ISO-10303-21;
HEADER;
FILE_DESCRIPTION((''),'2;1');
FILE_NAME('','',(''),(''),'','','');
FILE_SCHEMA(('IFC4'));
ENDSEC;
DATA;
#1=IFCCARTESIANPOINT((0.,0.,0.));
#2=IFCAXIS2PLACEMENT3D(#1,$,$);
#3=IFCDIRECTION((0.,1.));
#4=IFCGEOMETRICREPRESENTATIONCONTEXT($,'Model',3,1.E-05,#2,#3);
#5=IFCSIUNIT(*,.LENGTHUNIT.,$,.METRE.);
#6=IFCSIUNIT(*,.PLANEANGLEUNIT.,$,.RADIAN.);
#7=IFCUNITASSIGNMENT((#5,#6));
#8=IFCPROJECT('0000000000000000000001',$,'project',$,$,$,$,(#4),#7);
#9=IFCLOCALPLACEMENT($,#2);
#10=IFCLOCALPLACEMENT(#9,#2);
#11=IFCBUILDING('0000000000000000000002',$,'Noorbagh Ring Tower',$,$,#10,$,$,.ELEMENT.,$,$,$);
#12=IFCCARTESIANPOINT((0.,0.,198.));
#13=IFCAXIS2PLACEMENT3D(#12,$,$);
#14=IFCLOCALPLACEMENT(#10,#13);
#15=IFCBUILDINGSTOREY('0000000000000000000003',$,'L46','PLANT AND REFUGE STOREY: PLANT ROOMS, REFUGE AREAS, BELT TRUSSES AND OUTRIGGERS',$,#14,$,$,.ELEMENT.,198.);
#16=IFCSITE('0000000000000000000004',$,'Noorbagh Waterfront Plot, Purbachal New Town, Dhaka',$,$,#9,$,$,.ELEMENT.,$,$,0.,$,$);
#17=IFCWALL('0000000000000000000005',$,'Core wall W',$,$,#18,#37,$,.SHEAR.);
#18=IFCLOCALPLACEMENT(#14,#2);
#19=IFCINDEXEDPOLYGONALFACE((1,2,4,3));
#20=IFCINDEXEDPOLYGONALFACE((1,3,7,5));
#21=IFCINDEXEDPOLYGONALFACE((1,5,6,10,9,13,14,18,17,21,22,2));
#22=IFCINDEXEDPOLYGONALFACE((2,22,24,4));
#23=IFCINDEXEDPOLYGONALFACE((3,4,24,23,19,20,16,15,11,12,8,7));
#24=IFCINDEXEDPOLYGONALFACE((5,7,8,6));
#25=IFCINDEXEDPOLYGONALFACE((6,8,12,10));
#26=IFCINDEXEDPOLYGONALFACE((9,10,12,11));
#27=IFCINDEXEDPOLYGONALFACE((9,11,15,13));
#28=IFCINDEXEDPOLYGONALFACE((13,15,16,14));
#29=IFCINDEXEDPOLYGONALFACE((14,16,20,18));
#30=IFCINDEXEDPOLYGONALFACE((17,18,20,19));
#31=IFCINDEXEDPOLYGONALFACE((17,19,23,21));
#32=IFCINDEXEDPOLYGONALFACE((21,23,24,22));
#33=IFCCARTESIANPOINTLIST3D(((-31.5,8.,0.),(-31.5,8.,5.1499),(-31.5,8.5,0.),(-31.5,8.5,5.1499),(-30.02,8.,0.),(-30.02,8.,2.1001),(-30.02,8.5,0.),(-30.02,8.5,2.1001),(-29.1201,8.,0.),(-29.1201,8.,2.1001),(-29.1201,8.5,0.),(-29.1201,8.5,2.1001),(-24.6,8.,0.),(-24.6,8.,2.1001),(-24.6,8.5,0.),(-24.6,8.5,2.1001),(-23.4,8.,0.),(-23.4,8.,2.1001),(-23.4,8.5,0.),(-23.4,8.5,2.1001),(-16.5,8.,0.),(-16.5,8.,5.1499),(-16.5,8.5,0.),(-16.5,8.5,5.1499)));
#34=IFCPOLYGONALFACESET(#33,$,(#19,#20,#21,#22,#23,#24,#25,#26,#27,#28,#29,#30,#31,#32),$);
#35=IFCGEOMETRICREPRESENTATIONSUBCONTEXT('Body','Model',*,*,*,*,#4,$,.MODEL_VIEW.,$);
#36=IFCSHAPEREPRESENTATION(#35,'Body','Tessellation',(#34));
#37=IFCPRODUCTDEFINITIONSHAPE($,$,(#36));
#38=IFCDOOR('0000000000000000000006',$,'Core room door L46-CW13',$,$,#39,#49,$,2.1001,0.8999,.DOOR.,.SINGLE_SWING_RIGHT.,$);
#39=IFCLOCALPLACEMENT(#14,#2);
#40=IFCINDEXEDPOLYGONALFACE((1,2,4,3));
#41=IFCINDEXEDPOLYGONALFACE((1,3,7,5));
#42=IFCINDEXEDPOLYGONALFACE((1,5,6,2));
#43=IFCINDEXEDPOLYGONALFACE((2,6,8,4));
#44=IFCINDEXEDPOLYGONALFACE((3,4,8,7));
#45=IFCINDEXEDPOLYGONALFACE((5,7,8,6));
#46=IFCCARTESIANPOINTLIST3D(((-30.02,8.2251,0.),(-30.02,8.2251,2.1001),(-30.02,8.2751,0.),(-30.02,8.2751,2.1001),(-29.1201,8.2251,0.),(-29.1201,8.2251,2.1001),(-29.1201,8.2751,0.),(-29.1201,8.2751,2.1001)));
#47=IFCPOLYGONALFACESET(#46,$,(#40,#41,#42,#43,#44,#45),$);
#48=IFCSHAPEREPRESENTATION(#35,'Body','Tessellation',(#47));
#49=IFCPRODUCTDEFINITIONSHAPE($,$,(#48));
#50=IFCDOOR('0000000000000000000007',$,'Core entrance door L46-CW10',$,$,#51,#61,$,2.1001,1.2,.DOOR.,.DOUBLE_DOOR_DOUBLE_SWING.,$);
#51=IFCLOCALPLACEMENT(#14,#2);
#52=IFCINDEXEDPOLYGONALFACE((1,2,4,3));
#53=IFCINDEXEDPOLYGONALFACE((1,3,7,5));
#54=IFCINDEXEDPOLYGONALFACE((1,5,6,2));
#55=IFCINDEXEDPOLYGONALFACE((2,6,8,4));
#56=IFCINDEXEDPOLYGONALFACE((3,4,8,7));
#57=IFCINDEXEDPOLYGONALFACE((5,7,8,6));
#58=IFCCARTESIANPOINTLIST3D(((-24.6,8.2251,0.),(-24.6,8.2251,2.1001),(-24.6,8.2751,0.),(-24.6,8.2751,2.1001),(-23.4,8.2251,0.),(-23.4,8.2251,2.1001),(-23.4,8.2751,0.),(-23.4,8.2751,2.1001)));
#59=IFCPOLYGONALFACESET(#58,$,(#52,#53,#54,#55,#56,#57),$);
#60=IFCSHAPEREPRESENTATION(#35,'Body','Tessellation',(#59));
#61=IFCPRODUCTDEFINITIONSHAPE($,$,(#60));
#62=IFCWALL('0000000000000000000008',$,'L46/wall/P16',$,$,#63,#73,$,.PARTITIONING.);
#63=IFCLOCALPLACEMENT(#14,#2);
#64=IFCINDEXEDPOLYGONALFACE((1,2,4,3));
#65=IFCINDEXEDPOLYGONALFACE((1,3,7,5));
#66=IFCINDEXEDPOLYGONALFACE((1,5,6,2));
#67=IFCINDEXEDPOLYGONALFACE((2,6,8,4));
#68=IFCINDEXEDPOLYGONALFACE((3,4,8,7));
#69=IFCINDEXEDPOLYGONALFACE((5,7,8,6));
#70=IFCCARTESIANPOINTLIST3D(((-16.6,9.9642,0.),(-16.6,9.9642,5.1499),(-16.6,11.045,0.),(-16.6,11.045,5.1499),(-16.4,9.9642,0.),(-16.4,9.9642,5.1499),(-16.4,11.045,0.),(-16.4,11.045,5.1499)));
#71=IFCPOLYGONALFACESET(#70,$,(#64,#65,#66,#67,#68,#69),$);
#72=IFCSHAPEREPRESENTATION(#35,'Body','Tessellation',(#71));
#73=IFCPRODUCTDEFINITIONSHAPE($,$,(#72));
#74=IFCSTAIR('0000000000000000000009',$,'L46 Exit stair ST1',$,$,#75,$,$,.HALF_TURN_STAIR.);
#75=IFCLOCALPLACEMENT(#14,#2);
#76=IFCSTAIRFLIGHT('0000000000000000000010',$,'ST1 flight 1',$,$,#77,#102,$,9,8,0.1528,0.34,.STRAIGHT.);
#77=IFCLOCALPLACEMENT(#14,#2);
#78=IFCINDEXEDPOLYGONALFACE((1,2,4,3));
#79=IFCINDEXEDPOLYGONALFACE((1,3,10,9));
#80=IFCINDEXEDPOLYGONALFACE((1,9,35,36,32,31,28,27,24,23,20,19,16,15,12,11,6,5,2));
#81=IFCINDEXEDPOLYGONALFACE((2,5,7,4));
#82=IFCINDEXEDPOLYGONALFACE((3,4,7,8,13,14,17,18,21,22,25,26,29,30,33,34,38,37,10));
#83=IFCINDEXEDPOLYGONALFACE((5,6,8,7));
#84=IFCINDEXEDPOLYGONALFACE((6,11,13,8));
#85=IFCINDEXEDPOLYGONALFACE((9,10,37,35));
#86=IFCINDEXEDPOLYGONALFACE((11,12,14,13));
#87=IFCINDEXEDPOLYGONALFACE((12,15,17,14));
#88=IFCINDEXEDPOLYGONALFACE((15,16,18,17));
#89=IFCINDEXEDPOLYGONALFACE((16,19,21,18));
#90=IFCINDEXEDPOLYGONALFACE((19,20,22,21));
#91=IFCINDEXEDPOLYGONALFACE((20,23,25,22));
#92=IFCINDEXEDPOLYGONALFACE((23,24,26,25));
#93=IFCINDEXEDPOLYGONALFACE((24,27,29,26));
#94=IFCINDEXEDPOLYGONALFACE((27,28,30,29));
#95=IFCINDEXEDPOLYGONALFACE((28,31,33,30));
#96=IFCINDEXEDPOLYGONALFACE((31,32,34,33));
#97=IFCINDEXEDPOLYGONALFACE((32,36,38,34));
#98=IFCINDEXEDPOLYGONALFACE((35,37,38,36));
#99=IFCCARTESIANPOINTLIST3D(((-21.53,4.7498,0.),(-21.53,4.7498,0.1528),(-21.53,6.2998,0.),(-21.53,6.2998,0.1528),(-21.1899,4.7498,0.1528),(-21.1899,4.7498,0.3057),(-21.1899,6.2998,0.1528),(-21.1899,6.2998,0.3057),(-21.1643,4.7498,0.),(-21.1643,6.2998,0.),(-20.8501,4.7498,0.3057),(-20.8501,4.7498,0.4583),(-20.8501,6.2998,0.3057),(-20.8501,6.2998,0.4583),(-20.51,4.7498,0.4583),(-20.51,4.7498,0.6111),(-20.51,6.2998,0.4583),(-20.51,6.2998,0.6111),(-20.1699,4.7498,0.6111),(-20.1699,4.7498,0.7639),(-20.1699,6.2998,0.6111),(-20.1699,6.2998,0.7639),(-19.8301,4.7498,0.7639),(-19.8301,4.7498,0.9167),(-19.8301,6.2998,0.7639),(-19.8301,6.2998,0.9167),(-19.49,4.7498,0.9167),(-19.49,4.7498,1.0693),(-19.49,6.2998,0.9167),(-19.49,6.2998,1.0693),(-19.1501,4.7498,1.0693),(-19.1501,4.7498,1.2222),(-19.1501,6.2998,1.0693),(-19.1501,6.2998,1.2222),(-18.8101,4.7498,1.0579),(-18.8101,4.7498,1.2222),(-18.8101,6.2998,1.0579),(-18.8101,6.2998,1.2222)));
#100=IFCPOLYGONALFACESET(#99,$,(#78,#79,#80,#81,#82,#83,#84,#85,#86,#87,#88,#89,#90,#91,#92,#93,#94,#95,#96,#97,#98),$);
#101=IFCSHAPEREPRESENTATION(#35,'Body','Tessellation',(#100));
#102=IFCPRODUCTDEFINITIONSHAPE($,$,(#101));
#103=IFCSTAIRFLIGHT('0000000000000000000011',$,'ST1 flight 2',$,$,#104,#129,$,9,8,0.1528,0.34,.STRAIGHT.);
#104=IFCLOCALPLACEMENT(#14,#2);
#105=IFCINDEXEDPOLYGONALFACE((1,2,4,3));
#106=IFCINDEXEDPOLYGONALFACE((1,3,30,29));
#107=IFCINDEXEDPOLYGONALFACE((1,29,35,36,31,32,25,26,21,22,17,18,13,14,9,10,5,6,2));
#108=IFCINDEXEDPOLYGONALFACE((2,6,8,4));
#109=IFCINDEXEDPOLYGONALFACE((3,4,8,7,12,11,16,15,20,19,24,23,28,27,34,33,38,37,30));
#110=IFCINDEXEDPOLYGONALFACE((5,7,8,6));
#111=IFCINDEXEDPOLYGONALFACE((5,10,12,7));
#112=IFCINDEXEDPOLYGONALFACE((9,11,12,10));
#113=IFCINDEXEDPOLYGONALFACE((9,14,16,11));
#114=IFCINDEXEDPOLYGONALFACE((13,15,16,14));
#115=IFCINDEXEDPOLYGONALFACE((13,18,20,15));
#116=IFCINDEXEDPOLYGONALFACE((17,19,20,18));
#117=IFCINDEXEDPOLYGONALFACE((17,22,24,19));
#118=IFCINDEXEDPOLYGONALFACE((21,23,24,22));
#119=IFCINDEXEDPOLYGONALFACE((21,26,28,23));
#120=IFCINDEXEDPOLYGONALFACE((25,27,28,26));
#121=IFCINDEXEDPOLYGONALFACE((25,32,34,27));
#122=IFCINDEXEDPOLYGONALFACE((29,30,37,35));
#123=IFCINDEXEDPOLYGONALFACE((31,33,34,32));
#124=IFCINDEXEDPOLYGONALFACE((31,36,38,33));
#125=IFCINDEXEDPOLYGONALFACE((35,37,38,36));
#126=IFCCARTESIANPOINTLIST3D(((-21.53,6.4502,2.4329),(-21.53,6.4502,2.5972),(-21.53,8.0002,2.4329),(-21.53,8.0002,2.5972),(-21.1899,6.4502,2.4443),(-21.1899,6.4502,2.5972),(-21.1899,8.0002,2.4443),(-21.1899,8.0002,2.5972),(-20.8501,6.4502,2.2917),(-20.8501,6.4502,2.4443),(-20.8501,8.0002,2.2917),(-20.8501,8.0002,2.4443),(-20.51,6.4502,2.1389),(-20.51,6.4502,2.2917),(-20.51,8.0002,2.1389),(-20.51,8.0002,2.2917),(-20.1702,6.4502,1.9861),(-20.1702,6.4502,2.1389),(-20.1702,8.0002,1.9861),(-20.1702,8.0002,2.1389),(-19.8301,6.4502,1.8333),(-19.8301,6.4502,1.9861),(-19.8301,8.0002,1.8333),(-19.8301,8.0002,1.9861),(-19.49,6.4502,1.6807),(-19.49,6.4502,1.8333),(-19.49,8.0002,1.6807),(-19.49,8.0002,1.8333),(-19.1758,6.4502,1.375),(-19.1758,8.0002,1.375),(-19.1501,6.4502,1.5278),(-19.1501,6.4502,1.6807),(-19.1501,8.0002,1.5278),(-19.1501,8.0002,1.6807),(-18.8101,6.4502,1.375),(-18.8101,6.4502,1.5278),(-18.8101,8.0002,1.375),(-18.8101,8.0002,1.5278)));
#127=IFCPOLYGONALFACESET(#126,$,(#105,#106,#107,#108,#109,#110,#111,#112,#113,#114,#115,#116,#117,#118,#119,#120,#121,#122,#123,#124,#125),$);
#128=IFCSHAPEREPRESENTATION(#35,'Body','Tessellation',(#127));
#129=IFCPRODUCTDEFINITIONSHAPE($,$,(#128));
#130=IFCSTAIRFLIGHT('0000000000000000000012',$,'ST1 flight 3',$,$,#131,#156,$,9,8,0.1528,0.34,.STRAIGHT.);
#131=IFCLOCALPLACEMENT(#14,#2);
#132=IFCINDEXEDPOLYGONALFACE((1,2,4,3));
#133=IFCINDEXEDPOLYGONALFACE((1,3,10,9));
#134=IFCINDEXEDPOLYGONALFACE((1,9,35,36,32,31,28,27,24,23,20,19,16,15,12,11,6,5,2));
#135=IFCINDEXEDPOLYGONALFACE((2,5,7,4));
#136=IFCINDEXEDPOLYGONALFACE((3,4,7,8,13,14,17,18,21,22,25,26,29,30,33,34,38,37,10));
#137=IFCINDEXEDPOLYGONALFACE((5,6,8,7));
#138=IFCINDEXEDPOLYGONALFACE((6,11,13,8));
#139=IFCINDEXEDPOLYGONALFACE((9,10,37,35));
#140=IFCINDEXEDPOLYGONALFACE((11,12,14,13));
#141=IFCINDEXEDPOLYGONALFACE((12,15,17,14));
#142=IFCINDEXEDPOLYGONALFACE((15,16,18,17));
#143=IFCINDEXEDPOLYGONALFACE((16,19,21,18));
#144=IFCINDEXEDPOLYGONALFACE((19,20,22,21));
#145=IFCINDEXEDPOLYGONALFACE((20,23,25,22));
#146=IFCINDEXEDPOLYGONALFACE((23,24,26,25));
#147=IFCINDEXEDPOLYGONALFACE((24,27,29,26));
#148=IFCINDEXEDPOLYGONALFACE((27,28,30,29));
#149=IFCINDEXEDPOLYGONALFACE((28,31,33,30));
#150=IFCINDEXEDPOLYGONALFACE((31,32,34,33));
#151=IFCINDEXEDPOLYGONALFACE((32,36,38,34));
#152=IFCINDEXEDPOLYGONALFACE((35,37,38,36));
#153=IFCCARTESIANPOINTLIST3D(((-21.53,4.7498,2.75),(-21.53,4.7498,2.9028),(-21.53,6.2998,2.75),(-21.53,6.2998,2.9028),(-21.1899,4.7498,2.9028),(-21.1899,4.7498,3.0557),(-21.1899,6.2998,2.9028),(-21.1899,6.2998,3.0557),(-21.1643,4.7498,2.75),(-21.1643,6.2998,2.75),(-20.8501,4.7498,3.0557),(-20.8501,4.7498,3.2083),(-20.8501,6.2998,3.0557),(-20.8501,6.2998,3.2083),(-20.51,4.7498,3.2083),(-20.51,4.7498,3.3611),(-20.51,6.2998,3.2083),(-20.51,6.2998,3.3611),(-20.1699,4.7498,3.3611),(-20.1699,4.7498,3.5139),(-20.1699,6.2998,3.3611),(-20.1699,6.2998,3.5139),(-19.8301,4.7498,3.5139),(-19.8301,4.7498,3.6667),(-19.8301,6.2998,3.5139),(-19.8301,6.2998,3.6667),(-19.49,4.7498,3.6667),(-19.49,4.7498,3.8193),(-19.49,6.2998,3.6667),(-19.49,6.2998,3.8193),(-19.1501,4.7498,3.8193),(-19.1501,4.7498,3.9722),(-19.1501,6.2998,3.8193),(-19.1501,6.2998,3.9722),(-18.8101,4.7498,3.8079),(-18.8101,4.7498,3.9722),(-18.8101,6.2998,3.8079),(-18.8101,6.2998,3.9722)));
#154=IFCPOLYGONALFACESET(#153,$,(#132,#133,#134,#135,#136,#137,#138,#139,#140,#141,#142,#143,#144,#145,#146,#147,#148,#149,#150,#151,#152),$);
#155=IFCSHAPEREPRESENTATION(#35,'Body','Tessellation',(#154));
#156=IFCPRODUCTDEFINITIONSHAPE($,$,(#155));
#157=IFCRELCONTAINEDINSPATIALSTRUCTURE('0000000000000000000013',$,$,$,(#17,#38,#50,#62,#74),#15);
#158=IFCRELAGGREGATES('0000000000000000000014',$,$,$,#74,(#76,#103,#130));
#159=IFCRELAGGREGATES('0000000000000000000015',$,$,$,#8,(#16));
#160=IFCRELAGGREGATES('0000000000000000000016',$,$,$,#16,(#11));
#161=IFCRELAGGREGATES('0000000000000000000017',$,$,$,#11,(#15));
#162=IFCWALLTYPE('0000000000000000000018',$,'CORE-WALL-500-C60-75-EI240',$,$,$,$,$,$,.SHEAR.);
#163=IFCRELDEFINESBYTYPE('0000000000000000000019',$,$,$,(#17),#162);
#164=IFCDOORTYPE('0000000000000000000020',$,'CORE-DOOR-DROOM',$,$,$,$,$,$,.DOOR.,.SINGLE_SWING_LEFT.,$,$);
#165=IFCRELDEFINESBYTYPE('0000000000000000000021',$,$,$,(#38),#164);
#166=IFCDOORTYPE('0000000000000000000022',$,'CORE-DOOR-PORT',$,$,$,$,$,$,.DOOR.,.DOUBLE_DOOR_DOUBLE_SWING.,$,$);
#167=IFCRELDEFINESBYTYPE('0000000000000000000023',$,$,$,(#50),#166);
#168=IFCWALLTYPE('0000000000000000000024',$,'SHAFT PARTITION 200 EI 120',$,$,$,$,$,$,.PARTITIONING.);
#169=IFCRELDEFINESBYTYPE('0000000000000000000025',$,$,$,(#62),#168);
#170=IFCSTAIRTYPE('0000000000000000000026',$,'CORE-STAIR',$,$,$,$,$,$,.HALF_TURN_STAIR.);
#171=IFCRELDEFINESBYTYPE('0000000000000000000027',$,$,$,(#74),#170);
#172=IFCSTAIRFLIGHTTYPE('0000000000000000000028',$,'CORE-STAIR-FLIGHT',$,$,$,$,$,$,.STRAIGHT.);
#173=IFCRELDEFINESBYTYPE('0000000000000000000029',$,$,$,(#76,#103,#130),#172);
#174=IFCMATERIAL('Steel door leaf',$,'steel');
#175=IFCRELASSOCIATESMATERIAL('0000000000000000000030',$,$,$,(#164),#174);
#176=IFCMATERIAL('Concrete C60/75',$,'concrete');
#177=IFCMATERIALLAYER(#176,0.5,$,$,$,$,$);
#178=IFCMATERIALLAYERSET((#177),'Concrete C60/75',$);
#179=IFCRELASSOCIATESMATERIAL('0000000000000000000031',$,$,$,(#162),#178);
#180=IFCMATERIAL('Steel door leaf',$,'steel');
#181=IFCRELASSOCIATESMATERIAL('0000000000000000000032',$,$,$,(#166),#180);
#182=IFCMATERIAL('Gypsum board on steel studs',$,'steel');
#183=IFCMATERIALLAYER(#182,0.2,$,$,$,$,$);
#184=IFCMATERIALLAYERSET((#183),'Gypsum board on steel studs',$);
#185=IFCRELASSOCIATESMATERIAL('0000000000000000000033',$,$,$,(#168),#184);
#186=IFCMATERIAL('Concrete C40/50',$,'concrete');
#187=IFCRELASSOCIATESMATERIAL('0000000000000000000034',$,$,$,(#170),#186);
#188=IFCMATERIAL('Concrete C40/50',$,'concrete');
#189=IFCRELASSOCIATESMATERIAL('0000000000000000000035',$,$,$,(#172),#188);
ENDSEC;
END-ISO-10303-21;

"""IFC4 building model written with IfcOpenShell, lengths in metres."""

from ifc_helpers import new_model, si_unit, direction, frame, frame_2d, origin, place, context, subcontext, project, spatial, polyline, rectangle, outline, extrude, material, layer, layer_set, type_object, element, fill, aggregate, save


model = new_model("IFC4")

# Units and contexts
model_context = context("Model", 3, precision=1e-05, world=origin(), true_north=direction((0.0, 1.0)))
body_context = subcontext(model_context, "Body", "Model", "MODEL_VIEW")
ifc_project = project(units=[si_unit("LENGTHUNIT", "METRE"), si_unit("PLANEANGLEUNIT", "RADIAN")], contexts=[model_context])

# Site, building, storey
site_placement = place(None, origin())
site = spatial("IfcSite", under=ifc_project, at=site_placement, Name="Noorbagh Waterfront Plot, Purbachal New Town, Dhaka", CompositionType="ELEMENT", RefElevation=0.0)
building_placement = place(site_placement, origin())
building = spatial("IfcBuilding", under=site, at=building_placement, Name="Noorbagh Ring Tower", CompositionType="ELEMENT")
storey_placement = place(building_placement, frame((0.0, 0.0, 198.0)))
storey = spatial("IfcBuildingStorey", under=building, at=storey_placement, Name="L46", Description="PLANT AND REFUGE STOREY: PLANT ROOMS, REFUGE AREAS, BELT TRUSSES AND OUTRIGGERS", CompositionType="ELEMENT", Elevation=198.0)

# Shared definitions
ifc_material_1 = material(Name="Steel door leaf", Category="steel")
door_type_1 = type_object("IfcDoorType", Name="CORE-DOOR-DROOM", OperationType="SINGLE_SWING_LEFT", PredefinedType="DOOR", material=ifc_material_1)

# Wall, openings, doors
ifc_material_2 = material(Name="Concrete C60/75", Category="concrete")
ifc_layer_1 = layer(ifc_material_2, 0.5)
ifc_layer_set_1 = layer_set([ifc_layer_1], Name="Concrete C60/75")
wall_type_1 = type_object("IfcWallType", Name="CORE-WALL-500-C60-75-EI240", PredefinedType="SHEAR", material=ifc_layer_set_1)
wall_1_placement = place(storey_placement, frame((-16.5, 8.25, 0.0), z_axis=(0.0, 0.0, 1.0), x_axis=(-1.0, 0.0, 0.0)))
wall_1 = element("IfcWall", 1, at=wall_1_placement, inside=storey, type_object=wall_type_1, Name="Core wall W", PredefinedType="SHEAR", context=body_context, shape_type="SweptSolid", body=[
    extrude(rectangle(XDim=15.0, YDim=0.5, at=frame_2d((7.5, 0.0))), origin(), (0.0, 0.0, 1.0), 5.1499),
])
opening_1_placement = place(wall_1_placement, frame((6.8999, 0.0, 0.0)))
opening_1 = element("IfcOpeningElement", 2, at=opening_1_placement, cuts=wall_1, PredefinedType="OPENING", context=body_context, shape_type="SweptSolid", body=[
    extrude(rectangle(XDim=1.2, YDim=2.1001, at=frame_2d((0.6001, 1.05))), frame((0.0, 0.26, 0.0), z_axis=(0.0, -1.0, 0.0), x_axis=(1.0, 0.0, 0.0)), (0.0, 0.0, 1.0), 0.52),
])
opening_2_placement = place(wall_1_placement, frame((12.6201, 0.0, 0.0)))
opening_2 = element("IfcOpeningElement", 3, at=opening_2_placement, cuts=wall_1, PredefinedType="OPENING", context=body_context, shape_type="SweptSolid", body=[
    extrude(rectangle(XDim=0.8999, YDim=2.1001, at=frame_2d((0.45, 1.05))), frame((0.0, 0.26, 0.0), z_axis=(0.0, -1.0, 0.0), x_axis=(1.0, 0.0, 0.0)), (0.0, 0.0, 1.0), 0.52),
])
door_1_placement = place(opening_2_placement, origin())
door_1 = element("IfcDoor", 4, at=door_1_placement, inside=storey, type_object=door_type_1, Name="Core room door L46-CW13", OperationType="SINGLE_SWING_RIGHT", OverallHeight=2.1001, OverallWidth=0.8999, PredefinedType="DOOR", context=body_context, shape_type="SweptSolid", body=[
    extrude(rectangle(XDim=0.8999, YDim=2.1001, at=frame_2d((0.45, 1.05))), frame((0.0, 0.0249, 0.0), z_axis=(0.0, -1.0, 0.0), x_axis=(1.0, 0.0, 0.0)), (0.0, 0.0, 1.0), 0.05),
])
fill(opening_2, door_1)
ifc_material_3 = material(Name="Steel door leaf", Category="steel")
door_type_2 = type_object("IfcDoorType", Name="CORE-DOOR-PORT", OperationType="DOUBLE_DOOR_DOUBLE_SWING", PredefinedType="DOOR", material=ifc_material_3)
door_2_placement = place(opening_1_placement, origin())
door_2 = element("IfcDoor", 5, at=door_2_placement, inside=storey, type_object=door_type_2, Name="Core entrance door L46-CW10", OperationType="DOUBLE_DOOR_DOUBLE_SWING", OverallHeight=2.1001, OverallWidth=1.2, PredefinedType="DOOR", context=body_context, shape_type="SweptSolid", body=[
    extrude(rectangle(XDim=1.2, YDim=2.1001, at=frame_2d((0.6001, 1.05))), frame((0.0, 0.0249, 0.0), z_axis=(0.0, -1.0, 0.0), x_axis=(1.0, 0.0, 0.0)), (0.0, 0.0, 1.0), 0.05),
])
fill(opening_1, door_2)

# Wall
ifc_material_4 = material(Name="Gypsum board on steel studs", Category="steel")
ifc_layer_2 = layer(ifc_material_4, 0.2)
ifc_layer_set_2 = layer_set([ifc_layer_2], Name="Gypsum board on steel studs")
wall_type_2 = type_object("IfcWallType", Name="SHAFT PARTITION 200 EI 120", PredefinedType="PARTITIONING", material=ifc_layer_set_2)
wall_2_placement = place(storey_placement, frame((-16.5, 9.9641, 0.0), z_axis=(0.0, 0.0, 1.0), x_axis=(0.0, 1.0, 0.0)))
element("IfcWall", 6, at=wall_2_placement, inside=storey, type_object=wall_type_2, Name="L46/wall/P16", PredefinedType="PARTITIONING", context=body_context, shape_type="SweptSolid", body=[
    extrude(rectangle(XDim=1.0808, YDim=0.2, at=frame_2d((0.5405, 0.0))), origin(), (0.0, 0.0, 1.0), 5.1499),
])

# Stair, stair flights
ifc_material_5 = material(Name="Concrete C40/50", Category="concrete")
stair_type = type_object("IfcStairType", Name="CORE-STAIR", PredefinedType="HALF_TURN_STAIR", material=ifc_material_5)
stair_placement = place(storey_placement, origin())
stair = element("IfcStair", 7, at=stair_placement, inside=storey, type_object=stair_type, Name="L46 Exit stair ST1", PredefinedType="HALF_TURN_STAIR")
ifc_material_6 = material(Name="Concrete C40/50", Category="concrete")
stair_flight_type = type_object("IfcStairFlightType", Name="CORE-STAIR-FLIGHT", PredefinedType="STRAIGHT", material=ifc_material_6)
stair_flight_1_placement = place(storey_placement, frame((-21.53, 5.5249, 0.0), z_axis=(0.0, 0.0, 1.0), x_axis=(1.0, 0.0, 0.0)))
stair_flight_1 = element("IfcStairFlight", 8, at=stair_flight_1_placement, type_object=stair_flight_type, Name="ST1 flight 1", NumberOfRisers=9, NumberOfTreads=8, PredefinedType="STRAIGHT", RiserHeight=0.1528, TreadLength=0.34, context=body_context, shape_type="SweptSolid", body=[
    extrude(outline(polyline([(0.0, 0.0), (0.0, 0.1528), (0.3401, 0.1528), (0.3401, 0.3057), (0.6799, 0.3057), (0.6799, 0.4583), (1.02, 0.4583), (1.02, 0.6111), (1.3601, 0.6111), (1.3601, 0.7639), (1.7, 0.7639), (1.7, 0.9167), (2.04, 0.9167), (2.04, 1.0693), (2.3799, 1.0693), (2.3799, 1.2222), (2.72, 1.2222), (2.72, 1.375), (2.72, 1.0579), (0.3657, 0.0), (0.0, 0.0)])), frame((0.0, 0.7749, 0.0), z_axis=(0.0, -1.0, 0.0), x_axis=(1.0, 0.0, 0.0)), (0.0, 0.0, 1.0), 1.55),
])
stair_flight_2_placement = place(storey_placement, frame((-18.8101, 7.2251, 1.375), z_axis=(0.0, 0.0, 1.0), x_axis=(-1.0, 0.0, 0.0)))
stair_flight_2 = element("IfcStairFlight", 9, at=stair_flight_2_placement, type_object=stair_flight_type, Name="ST1 flight 2", NumberOfRisers=9, NumberOfTreads=8, PredefinedType="STRAIGHT", RiserHeight=0.1528, TreadLength=0.34, context=body_context, shape_type="SweptSolid", body=[
    extrude(outline(polyline([(0.0, 0.0), (0.0, 0.1528), (0.3401, 0.1528), (0.3401, 0.3057), (0.6799, 0.3057), (0.6799, 0.4583), (1.02, 0.4583), (1.02, 0.6111), (1.3601, 0.6111), (1.3601, 0.7639), (1.7, 0.7639), (1.7, 0.9167), (2.04, 0.9167), (2.04, 1.0693), (2.3799, 1.0693), (2.3799, 1.2222), (2.72, 1.2222), (2.72, 1.375), (2.72, 1.0579), (0.3657, 0.0), (0.0, 0.0)])), frame((0.0, 0.7749, 0.0), z_axis=(0.0, -1.0, 0.0), x_axis=(1.0, 0.0, 0.0)), (0.0, 0.0, 1.0), 1.55),
])
stair_flight_3_placement = place(storey_placement, frame((-21.53, 5.5249, 2.75), z_axis=(0.0, 0.0, 1.0), x_axis=(1.0, 0.0, 0.0)))
stair_flight_3 = element("IfcStairFlight", 10, at=stair_flight_3_placement, type_object=stair_flight_type, Name="ST1 flight 3", NumberOfRisers=9, NumberOfTreads=8, PredefinedType="STRAIGHT", RiserHeight=0.1528, TreadLength=0.34, context=body_context, shape_type="SweptSolid", body=[
    extrude(outline(polyline([(0.0, 0.0), (0.0, 0.1528), (0.3401, 0.1528), (0.3401, 0.3057), (0.6799, 0.3057), (0.6799, 0.4583), (1.02, 0.4583), (1.02, 0.6111), (1.3601, 0.6111), (1.3601, 0.7639), (1.7, 0.7639), (1.7, 0.9167), (2.04, 0.9167), (2.04, 1.0693), (2.3799, 1.0693), (2.3799, 1.2222), (2.72, 1.2222), (2.72, 1.375), (2.72, 1.0579), (0.3657, 0.0), (0.0, 0.0)])), frame((0.0, 0.7749, 0.0), z_axis=(0.0, -1.0, 0.0), x_axis=(1.0, 0.0, 0.0)), (0.0, 0.0, 1.0), 1.55),
])
aggregate(stair, [stair_flight_1, stair_flight_2, stair_flight_3])

save(model, "model.ifc")
